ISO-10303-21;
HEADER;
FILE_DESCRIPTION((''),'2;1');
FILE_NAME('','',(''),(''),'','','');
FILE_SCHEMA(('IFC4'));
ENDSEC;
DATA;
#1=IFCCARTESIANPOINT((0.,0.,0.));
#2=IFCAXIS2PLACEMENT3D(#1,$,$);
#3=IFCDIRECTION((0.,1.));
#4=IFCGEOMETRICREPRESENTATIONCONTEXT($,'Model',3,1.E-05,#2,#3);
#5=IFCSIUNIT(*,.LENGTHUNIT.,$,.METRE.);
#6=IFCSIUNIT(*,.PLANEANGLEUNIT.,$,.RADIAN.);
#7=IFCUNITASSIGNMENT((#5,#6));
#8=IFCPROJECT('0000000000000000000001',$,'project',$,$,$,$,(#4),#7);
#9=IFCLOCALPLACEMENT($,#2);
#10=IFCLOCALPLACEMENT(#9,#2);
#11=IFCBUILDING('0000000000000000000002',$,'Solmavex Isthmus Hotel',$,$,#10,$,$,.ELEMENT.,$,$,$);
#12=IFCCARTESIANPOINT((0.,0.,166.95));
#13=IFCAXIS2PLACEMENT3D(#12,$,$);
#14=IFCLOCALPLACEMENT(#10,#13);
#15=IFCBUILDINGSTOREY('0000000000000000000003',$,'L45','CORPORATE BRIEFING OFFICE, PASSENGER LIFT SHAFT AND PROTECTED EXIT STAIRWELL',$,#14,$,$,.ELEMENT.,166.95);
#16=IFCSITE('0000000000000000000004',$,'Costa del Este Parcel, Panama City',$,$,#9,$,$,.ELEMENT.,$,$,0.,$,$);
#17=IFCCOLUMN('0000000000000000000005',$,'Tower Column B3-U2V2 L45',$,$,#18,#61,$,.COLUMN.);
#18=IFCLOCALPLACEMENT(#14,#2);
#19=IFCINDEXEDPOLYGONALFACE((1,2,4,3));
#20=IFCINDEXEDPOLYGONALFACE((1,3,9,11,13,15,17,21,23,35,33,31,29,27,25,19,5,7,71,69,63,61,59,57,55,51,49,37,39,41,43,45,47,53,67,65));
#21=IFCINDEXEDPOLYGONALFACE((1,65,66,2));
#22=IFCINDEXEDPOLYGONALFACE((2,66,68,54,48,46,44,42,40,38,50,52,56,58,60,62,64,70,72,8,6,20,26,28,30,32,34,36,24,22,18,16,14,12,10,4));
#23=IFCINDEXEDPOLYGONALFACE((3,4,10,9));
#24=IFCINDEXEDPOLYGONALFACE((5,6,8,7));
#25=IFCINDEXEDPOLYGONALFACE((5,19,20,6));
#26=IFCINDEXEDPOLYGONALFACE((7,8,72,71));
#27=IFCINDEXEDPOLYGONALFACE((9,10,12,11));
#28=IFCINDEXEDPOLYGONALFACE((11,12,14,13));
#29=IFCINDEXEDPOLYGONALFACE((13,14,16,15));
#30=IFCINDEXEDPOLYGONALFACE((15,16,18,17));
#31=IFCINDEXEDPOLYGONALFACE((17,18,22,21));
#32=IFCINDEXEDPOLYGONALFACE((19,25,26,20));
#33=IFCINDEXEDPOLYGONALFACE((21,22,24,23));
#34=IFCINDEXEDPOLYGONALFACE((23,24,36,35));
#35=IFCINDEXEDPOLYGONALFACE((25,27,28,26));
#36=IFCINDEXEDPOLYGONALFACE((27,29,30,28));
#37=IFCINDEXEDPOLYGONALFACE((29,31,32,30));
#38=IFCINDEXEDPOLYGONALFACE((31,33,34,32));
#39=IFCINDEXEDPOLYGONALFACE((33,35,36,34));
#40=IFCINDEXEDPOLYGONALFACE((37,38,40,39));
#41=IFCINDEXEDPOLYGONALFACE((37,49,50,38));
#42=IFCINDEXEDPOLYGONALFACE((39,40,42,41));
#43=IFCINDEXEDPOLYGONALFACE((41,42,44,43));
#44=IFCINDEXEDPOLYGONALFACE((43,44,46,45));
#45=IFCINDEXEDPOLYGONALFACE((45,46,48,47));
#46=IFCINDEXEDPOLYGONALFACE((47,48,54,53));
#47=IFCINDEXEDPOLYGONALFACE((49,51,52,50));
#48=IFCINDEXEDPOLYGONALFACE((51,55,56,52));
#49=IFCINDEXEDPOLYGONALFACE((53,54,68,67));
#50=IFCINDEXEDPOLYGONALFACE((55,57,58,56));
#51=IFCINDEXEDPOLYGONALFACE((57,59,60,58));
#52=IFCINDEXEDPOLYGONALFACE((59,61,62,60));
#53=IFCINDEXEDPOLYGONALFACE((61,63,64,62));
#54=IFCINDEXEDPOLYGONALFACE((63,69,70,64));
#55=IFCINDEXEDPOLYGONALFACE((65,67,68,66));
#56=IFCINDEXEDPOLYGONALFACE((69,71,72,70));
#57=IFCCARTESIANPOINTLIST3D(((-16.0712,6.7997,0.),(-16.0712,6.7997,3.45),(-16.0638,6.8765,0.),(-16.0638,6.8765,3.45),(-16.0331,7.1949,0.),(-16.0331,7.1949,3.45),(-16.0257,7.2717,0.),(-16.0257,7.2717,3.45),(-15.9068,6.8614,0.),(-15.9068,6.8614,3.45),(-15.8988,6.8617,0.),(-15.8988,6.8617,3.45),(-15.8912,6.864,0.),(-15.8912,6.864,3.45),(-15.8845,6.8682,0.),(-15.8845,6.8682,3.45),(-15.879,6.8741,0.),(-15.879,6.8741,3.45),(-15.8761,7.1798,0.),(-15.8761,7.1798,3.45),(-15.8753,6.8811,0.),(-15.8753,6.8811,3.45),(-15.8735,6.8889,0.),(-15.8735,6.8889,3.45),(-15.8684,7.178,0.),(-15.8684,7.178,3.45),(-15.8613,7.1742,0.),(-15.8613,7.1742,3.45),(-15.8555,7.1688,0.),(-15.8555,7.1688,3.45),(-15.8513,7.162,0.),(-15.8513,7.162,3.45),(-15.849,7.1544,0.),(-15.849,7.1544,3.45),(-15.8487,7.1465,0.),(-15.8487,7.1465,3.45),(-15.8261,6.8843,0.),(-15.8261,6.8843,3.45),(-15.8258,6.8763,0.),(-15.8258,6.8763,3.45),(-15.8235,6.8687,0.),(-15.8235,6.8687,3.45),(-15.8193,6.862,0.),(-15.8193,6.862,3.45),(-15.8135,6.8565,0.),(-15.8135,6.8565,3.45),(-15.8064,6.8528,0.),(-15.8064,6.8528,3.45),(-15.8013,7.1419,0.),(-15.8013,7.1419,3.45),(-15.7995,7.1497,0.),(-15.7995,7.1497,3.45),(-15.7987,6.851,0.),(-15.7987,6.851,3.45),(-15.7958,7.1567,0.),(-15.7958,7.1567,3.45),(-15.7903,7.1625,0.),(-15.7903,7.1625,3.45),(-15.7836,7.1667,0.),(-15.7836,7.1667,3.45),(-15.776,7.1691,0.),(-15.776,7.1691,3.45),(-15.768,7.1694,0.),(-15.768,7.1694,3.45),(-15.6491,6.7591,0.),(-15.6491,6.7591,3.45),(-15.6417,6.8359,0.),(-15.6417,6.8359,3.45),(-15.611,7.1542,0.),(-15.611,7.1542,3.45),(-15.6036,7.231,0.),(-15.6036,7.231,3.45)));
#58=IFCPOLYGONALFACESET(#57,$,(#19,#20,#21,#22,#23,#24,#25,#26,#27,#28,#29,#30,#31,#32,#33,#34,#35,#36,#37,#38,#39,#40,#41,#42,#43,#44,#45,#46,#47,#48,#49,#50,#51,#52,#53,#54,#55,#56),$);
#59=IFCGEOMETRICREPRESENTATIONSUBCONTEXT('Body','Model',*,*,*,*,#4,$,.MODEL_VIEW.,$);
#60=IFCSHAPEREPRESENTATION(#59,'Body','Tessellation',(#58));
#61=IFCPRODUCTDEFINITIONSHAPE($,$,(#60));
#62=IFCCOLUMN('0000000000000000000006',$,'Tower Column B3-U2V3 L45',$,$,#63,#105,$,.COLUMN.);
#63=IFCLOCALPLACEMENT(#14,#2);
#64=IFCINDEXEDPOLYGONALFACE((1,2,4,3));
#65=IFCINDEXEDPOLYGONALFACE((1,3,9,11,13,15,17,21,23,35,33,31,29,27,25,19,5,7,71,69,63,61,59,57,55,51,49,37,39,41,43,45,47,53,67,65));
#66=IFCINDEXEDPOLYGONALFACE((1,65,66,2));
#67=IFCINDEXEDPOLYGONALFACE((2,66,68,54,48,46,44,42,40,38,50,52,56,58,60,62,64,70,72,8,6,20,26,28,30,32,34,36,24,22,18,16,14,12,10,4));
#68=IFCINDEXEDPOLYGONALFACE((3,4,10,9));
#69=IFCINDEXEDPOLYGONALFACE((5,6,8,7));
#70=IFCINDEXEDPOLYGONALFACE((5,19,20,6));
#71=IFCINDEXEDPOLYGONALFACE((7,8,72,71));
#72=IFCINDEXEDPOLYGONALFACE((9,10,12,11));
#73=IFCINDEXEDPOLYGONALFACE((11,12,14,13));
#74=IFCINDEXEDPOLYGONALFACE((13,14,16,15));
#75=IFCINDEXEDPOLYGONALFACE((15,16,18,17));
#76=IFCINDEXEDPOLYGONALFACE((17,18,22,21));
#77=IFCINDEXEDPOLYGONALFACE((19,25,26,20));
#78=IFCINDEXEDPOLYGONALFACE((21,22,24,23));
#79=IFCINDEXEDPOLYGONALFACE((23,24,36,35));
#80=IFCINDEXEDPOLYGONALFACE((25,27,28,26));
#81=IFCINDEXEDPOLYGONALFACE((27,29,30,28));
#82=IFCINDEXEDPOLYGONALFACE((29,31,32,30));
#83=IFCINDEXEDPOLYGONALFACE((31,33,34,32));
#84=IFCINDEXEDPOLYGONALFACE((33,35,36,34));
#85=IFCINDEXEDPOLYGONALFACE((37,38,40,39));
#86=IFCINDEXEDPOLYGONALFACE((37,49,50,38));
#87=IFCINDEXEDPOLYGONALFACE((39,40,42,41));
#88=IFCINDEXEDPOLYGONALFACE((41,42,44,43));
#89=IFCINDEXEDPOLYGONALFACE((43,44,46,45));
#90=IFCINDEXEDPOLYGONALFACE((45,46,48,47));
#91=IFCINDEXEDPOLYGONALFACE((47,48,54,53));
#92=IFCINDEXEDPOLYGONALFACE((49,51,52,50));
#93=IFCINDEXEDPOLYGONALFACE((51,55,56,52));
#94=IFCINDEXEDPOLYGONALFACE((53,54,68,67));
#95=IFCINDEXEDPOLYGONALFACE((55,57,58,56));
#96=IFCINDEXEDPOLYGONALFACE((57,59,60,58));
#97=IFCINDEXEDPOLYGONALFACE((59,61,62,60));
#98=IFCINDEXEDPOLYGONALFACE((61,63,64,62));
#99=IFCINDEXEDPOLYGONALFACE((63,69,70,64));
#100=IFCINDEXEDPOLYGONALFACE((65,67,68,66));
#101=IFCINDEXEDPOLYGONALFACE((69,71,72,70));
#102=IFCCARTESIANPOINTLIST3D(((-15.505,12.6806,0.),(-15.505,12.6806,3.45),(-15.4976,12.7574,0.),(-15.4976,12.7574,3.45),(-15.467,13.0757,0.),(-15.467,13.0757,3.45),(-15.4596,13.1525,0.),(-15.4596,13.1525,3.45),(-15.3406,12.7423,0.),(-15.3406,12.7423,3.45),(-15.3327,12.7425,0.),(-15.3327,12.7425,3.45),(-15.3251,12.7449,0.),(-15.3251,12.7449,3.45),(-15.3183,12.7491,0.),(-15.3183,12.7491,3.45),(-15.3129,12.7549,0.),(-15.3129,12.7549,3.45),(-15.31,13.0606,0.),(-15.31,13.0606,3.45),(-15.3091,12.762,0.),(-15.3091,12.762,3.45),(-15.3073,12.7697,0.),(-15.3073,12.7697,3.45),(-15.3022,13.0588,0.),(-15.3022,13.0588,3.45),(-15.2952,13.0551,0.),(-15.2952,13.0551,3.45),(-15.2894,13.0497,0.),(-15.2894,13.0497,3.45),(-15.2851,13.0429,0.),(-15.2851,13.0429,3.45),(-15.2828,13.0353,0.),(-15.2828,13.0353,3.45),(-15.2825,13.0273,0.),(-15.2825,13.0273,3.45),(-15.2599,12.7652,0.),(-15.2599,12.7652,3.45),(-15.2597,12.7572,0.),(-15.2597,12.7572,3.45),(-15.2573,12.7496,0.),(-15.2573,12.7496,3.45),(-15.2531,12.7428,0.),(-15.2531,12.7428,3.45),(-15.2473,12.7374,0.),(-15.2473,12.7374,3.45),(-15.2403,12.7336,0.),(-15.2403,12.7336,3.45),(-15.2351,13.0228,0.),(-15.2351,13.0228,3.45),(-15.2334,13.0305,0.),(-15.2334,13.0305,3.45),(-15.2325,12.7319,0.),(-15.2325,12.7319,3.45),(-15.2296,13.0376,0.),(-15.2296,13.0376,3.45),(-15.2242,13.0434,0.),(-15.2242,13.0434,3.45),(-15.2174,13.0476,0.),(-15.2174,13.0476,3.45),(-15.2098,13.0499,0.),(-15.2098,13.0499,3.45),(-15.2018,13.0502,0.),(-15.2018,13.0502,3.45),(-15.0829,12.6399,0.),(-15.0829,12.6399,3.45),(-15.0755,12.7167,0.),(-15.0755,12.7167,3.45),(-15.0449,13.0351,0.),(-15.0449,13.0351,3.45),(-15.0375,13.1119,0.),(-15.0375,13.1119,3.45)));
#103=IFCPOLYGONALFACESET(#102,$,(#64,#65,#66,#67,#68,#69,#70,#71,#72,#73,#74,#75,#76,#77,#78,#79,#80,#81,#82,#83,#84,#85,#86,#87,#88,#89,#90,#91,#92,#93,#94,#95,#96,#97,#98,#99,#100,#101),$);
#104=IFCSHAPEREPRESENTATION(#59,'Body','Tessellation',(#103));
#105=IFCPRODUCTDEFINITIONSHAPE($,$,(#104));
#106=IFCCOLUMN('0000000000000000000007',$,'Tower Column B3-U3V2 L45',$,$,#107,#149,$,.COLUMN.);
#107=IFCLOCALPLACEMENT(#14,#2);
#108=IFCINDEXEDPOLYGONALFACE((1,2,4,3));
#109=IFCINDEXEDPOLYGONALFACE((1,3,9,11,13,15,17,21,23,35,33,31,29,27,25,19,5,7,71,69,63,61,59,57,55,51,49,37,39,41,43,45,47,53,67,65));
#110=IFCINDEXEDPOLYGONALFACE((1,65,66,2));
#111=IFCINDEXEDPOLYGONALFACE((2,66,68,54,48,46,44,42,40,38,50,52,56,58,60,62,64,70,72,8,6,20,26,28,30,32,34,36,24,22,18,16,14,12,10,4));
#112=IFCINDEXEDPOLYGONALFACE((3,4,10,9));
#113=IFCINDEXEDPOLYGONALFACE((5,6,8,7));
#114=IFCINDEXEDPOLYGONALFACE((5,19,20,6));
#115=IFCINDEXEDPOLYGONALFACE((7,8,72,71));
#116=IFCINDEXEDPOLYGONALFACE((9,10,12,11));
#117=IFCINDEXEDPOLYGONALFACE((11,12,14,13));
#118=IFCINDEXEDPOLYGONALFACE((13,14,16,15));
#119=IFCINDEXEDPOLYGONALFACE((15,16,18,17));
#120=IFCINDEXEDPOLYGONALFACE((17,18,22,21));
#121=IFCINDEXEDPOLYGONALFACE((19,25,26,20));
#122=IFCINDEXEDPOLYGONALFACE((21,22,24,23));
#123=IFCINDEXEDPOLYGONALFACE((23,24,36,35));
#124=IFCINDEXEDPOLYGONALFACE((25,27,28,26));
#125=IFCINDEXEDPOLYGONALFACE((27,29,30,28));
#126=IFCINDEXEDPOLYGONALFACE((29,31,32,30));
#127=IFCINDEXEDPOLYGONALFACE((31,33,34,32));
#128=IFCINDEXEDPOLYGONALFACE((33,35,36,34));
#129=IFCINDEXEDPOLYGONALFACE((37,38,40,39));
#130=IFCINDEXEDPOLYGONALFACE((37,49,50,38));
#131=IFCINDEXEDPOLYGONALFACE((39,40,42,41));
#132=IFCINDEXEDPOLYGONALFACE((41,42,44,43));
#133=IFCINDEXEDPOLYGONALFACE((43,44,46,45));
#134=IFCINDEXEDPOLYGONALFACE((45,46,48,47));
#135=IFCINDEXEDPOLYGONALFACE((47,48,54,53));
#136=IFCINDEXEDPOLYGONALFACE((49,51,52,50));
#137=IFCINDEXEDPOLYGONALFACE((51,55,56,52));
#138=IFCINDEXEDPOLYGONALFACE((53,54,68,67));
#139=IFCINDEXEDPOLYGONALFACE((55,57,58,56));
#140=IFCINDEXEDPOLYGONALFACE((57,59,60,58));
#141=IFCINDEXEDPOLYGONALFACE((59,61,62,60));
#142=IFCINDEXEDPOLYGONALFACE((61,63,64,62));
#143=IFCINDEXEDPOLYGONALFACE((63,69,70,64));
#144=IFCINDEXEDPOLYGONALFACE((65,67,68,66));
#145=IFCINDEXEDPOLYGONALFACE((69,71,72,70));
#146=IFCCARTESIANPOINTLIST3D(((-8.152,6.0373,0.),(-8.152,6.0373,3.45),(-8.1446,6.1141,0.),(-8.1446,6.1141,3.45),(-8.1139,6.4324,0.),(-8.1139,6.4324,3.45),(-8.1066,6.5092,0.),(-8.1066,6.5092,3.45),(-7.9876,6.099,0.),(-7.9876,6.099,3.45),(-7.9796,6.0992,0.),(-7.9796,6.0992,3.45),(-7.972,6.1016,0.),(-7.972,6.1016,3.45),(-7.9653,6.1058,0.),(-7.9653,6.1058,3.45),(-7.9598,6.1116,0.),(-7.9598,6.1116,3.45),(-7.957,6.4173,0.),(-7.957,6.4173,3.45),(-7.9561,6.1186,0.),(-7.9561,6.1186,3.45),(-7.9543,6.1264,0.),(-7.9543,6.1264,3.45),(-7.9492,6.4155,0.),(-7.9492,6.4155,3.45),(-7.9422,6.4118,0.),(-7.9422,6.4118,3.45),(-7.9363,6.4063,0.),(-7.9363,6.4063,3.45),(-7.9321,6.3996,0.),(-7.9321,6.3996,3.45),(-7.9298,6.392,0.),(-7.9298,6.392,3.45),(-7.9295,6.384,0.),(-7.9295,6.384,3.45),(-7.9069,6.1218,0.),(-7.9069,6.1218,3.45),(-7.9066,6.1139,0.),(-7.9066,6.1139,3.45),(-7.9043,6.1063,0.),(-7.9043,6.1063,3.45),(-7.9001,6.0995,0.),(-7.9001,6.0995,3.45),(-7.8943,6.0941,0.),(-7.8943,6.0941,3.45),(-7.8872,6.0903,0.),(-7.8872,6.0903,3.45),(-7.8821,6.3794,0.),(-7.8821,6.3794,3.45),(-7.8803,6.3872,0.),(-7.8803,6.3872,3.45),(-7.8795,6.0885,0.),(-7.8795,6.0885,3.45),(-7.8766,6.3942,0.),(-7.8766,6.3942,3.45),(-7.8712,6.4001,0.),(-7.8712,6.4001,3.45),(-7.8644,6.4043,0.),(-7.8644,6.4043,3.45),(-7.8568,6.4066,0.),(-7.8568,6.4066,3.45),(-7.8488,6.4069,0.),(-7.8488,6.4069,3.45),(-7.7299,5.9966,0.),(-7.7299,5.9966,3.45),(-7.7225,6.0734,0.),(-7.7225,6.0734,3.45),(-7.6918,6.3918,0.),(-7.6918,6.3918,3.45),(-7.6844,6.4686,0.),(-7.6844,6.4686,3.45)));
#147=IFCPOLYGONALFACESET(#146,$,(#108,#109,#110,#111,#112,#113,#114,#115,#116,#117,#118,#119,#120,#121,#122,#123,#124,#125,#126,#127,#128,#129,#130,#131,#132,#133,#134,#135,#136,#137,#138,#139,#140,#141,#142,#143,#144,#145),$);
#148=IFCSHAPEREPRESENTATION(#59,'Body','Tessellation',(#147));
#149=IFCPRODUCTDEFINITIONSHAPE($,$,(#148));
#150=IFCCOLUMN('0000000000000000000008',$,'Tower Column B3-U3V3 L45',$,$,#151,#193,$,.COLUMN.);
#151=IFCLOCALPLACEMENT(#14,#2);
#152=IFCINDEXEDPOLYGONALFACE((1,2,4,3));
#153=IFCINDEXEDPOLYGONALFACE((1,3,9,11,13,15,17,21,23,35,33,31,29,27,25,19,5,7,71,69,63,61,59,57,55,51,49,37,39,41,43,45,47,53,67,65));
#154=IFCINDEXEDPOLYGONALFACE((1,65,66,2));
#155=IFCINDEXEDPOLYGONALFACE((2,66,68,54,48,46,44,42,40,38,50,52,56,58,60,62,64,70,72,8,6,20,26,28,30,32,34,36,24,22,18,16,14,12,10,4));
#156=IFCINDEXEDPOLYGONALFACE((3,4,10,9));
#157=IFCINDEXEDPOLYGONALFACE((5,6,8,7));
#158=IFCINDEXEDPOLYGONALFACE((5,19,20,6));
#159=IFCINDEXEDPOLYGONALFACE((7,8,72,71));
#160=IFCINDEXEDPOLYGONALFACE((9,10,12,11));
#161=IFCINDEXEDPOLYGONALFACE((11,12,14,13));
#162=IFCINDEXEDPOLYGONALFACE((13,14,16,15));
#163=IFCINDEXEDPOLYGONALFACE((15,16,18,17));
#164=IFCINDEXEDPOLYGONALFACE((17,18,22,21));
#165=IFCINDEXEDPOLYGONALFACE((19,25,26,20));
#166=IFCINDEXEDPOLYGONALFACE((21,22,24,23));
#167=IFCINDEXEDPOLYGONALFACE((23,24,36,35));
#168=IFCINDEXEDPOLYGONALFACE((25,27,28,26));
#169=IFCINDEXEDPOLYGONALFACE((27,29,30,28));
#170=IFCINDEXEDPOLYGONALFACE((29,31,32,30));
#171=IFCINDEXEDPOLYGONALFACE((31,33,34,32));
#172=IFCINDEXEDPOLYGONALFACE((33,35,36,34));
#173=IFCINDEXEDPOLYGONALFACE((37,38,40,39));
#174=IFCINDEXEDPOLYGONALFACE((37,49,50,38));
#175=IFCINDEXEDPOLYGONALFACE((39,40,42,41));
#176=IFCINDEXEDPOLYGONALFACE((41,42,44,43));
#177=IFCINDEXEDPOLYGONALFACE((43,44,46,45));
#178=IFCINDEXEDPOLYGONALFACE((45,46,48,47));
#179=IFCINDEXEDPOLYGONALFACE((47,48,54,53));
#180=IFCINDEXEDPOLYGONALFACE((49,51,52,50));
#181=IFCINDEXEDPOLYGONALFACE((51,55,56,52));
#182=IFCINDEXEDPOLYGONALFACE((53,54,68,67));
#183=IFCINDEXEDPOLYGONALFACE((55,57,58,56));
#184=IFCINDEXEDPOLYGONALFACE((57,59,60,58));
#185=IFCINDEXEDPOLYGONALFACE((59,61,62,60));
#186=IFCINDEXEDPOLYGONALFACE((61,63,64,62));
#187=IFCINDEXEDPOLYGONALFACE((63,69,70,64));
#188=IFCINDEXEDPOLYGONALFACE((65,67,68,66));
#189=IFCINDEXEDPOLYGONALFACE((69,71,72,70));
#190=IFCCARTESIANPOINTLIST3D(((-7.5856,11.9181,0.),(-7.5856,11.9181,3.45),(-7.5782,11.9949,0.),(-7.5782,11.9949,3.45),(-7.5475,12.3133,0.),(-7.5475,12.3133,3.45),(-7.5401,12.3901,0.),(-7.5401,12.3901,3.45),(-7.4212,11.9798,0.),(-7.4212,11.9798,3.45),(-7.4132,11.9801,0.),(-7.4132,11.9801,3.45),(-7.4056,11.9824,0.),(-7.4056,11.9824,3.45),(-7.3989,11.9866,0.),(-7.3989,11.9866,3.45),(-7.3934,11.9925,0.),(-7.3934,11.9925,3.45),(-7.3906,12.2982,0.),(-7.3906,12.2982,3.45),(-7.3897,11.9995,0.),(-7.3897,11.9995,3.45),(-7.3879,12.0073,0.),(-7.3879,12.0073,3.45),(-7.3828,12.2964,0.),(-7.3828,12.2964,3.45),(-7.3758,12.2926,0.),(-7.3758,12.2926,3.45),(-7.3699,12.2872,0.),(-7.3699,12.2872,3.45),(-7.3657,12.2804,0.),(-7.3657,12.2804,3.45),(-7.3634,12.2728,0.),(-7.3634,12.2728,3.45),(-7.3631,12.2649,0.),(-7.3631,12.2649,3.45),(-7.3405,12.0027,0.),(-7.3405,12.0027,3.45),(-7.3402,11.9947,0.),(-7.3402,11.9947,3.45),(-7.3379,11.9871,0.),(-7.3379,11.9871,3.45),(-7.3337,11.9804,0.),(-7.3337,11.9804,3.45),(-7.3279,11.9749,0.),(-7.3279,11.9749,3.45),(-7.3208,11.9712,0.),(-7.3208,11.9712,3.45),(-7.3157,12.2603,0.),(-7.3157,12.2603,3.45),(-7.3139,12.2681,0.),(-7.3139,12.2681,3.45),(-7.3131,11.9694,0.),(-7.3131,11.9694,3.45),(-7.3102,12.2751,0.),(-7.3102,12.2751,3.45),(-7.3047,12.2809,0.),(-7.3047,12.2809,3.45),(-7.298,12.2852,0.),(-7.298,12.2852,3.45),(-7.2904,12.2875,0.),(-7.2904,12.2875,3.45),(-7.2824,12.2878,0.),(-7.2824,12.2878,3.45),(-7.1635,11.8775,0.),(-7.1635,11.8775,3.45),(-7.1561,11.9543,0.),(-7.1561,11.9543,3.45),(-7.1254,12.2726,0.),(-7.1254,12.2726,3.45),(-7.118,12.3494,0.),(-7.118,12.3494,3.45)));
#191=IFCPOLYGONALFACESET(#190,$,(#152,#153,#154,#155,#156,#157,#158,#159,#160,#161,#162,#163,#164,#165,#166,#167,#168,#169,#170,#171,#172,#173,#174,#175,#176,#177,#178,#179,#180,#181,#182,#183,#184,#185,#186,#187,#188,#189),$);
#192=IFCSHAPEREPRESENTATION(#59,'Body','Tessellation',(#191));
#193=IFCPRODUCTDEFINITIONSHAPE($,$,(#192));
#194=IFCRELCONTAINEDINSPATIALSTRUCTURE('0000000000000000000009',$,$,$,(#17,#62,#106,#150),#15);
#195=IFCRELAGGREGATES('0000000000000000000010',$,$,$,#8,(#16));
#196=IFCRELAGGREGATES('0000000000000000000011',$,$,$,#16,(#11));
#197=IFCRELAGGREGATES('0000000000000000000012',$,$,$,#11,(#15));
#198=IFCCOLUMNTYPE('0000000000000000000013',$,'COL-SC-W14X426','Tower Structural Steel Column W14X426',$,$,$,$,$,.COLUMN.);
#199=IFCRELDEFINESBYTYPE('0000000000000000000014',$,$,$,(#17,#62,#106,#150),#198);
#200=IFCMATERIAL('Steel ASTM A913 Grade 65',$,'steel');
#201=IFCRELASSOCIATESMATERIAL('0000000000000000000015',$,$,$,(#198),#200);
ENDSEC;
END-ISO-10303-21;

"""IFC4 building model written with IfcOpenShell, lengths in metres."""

from ifc_helpers import new_model, si_unit, direction, frame, origin, origin_2d, place, context, subcontext, project, spatial, i_section, extrude, material, material_profile, profile_set, type_object, element, save


model = new_model("IFC4")

# Units and contexts
model_context = context("Model", 3, precision=1e-05, world=origin(), true_north=direction((0.0, 1.0)))
body_context = subcontext(model_context, "Body", "Model", "MODEL_VIEW")
ifc_project = project(units=[si_unit("LENGTHUNIT", "METRE"), si_unit("PLANEANGLEUNIT", "RADIAN")], contexts=[model_context])

# Site, building, storey
site_placement = place(None, origin())
site = spatial("IfcSite", under=ifc_project, at=site_placement, Name="Costa del Este Parcel, Panama City", CompositionType="ELEMENT", RefElevation=0.0)
building_placement = place(site_placement, origin())
building = spatial("IfcBuilding", under=site, at=building_placement, Name="Solmavex Isthmus Hotel", CompositionType="ELEMENT")
storey_placement = place(building_placement, frame((0.0, 0.0, 166.95)))
storey = spatial("IfcBuildingStorey", under=building, at=storey_placement, Name="L45", Description="CORPORATE BRIEFING OFFICE, PASSENGER LIFT SHAFT AND PROTECTED EXIT STAIRWELL", CompositionType="ELEMENT", Elevation=166.95)

# Columns
ifc_material_1 = material(Name="Steel ASTM A913 Grade 65", Category="steel")
ifc_material_profile_1 = material_profile(ifc_material_1, i_section(OverallWidth=0.4241, OverallDepth=0.4741, WebThickness=0.0476, FlangeThickness=0.0771, FilletRadius=0.0305, at=origin_2d()), Name="W14X426")
ifc_profile_set_1 = profile_set([ifc_material_profile_1], Name="Steel ASTM A913 Grade 65")
column_type_1 = type_object("IfcColumnType", Name="COL-SC-W14X426", Description="Tower Structural Steel Column W14X426", PredefinedType="COLUMN", material=ifc_profile_set_1)
for number, where, z_axis, x_axis, name in (
    (1, (-15.8374, 7.0154, 0.0), (0.0, 0.0, 1.0), (0.995396, -0.095846, 0.0), "Tower Column B3-U2V2 L45"),
    (2, (-15.2712, 12.8962, 0.0), (0.0, 0.0, 1.0), (0.995396, -0.095846, 0.0), "Tower Column B3-U2V3 L45"),
    (3, (-7.9182, 6.2529, 0.0), (0.0, 0.0, 1.0), (0.995396, -0.095846, 0.0), "Tower Column B3-U3V2 L45"),
    (4, (-7.3518, 12.1338, 0.0), (0.0, 0.0, 1.0), (0.995396, -0.095846, 0.0), "Tower Column B3-U3V3 L45"),
):
    element("IfcColumn", number, at=place(storey_placement, frame(where, z_axis=z_axis, x_axis=x_axis)), inside=storey, type_object=column_type_1, Name=name, PredefinedType="COLUMN", context=body_context, shape_type="SweptSolid", body=[
        extrude(i_section(OverallWidth=0.4241, OverallDepth=0.4741, WebThickness=0.0476, FlangeThickness=0.0771, FilletRadius=0.0305, at=origin_2d()), origin(), (0.0, 0.0, 1.0), 3.45),
    ])

save(model, "model.ifc")
